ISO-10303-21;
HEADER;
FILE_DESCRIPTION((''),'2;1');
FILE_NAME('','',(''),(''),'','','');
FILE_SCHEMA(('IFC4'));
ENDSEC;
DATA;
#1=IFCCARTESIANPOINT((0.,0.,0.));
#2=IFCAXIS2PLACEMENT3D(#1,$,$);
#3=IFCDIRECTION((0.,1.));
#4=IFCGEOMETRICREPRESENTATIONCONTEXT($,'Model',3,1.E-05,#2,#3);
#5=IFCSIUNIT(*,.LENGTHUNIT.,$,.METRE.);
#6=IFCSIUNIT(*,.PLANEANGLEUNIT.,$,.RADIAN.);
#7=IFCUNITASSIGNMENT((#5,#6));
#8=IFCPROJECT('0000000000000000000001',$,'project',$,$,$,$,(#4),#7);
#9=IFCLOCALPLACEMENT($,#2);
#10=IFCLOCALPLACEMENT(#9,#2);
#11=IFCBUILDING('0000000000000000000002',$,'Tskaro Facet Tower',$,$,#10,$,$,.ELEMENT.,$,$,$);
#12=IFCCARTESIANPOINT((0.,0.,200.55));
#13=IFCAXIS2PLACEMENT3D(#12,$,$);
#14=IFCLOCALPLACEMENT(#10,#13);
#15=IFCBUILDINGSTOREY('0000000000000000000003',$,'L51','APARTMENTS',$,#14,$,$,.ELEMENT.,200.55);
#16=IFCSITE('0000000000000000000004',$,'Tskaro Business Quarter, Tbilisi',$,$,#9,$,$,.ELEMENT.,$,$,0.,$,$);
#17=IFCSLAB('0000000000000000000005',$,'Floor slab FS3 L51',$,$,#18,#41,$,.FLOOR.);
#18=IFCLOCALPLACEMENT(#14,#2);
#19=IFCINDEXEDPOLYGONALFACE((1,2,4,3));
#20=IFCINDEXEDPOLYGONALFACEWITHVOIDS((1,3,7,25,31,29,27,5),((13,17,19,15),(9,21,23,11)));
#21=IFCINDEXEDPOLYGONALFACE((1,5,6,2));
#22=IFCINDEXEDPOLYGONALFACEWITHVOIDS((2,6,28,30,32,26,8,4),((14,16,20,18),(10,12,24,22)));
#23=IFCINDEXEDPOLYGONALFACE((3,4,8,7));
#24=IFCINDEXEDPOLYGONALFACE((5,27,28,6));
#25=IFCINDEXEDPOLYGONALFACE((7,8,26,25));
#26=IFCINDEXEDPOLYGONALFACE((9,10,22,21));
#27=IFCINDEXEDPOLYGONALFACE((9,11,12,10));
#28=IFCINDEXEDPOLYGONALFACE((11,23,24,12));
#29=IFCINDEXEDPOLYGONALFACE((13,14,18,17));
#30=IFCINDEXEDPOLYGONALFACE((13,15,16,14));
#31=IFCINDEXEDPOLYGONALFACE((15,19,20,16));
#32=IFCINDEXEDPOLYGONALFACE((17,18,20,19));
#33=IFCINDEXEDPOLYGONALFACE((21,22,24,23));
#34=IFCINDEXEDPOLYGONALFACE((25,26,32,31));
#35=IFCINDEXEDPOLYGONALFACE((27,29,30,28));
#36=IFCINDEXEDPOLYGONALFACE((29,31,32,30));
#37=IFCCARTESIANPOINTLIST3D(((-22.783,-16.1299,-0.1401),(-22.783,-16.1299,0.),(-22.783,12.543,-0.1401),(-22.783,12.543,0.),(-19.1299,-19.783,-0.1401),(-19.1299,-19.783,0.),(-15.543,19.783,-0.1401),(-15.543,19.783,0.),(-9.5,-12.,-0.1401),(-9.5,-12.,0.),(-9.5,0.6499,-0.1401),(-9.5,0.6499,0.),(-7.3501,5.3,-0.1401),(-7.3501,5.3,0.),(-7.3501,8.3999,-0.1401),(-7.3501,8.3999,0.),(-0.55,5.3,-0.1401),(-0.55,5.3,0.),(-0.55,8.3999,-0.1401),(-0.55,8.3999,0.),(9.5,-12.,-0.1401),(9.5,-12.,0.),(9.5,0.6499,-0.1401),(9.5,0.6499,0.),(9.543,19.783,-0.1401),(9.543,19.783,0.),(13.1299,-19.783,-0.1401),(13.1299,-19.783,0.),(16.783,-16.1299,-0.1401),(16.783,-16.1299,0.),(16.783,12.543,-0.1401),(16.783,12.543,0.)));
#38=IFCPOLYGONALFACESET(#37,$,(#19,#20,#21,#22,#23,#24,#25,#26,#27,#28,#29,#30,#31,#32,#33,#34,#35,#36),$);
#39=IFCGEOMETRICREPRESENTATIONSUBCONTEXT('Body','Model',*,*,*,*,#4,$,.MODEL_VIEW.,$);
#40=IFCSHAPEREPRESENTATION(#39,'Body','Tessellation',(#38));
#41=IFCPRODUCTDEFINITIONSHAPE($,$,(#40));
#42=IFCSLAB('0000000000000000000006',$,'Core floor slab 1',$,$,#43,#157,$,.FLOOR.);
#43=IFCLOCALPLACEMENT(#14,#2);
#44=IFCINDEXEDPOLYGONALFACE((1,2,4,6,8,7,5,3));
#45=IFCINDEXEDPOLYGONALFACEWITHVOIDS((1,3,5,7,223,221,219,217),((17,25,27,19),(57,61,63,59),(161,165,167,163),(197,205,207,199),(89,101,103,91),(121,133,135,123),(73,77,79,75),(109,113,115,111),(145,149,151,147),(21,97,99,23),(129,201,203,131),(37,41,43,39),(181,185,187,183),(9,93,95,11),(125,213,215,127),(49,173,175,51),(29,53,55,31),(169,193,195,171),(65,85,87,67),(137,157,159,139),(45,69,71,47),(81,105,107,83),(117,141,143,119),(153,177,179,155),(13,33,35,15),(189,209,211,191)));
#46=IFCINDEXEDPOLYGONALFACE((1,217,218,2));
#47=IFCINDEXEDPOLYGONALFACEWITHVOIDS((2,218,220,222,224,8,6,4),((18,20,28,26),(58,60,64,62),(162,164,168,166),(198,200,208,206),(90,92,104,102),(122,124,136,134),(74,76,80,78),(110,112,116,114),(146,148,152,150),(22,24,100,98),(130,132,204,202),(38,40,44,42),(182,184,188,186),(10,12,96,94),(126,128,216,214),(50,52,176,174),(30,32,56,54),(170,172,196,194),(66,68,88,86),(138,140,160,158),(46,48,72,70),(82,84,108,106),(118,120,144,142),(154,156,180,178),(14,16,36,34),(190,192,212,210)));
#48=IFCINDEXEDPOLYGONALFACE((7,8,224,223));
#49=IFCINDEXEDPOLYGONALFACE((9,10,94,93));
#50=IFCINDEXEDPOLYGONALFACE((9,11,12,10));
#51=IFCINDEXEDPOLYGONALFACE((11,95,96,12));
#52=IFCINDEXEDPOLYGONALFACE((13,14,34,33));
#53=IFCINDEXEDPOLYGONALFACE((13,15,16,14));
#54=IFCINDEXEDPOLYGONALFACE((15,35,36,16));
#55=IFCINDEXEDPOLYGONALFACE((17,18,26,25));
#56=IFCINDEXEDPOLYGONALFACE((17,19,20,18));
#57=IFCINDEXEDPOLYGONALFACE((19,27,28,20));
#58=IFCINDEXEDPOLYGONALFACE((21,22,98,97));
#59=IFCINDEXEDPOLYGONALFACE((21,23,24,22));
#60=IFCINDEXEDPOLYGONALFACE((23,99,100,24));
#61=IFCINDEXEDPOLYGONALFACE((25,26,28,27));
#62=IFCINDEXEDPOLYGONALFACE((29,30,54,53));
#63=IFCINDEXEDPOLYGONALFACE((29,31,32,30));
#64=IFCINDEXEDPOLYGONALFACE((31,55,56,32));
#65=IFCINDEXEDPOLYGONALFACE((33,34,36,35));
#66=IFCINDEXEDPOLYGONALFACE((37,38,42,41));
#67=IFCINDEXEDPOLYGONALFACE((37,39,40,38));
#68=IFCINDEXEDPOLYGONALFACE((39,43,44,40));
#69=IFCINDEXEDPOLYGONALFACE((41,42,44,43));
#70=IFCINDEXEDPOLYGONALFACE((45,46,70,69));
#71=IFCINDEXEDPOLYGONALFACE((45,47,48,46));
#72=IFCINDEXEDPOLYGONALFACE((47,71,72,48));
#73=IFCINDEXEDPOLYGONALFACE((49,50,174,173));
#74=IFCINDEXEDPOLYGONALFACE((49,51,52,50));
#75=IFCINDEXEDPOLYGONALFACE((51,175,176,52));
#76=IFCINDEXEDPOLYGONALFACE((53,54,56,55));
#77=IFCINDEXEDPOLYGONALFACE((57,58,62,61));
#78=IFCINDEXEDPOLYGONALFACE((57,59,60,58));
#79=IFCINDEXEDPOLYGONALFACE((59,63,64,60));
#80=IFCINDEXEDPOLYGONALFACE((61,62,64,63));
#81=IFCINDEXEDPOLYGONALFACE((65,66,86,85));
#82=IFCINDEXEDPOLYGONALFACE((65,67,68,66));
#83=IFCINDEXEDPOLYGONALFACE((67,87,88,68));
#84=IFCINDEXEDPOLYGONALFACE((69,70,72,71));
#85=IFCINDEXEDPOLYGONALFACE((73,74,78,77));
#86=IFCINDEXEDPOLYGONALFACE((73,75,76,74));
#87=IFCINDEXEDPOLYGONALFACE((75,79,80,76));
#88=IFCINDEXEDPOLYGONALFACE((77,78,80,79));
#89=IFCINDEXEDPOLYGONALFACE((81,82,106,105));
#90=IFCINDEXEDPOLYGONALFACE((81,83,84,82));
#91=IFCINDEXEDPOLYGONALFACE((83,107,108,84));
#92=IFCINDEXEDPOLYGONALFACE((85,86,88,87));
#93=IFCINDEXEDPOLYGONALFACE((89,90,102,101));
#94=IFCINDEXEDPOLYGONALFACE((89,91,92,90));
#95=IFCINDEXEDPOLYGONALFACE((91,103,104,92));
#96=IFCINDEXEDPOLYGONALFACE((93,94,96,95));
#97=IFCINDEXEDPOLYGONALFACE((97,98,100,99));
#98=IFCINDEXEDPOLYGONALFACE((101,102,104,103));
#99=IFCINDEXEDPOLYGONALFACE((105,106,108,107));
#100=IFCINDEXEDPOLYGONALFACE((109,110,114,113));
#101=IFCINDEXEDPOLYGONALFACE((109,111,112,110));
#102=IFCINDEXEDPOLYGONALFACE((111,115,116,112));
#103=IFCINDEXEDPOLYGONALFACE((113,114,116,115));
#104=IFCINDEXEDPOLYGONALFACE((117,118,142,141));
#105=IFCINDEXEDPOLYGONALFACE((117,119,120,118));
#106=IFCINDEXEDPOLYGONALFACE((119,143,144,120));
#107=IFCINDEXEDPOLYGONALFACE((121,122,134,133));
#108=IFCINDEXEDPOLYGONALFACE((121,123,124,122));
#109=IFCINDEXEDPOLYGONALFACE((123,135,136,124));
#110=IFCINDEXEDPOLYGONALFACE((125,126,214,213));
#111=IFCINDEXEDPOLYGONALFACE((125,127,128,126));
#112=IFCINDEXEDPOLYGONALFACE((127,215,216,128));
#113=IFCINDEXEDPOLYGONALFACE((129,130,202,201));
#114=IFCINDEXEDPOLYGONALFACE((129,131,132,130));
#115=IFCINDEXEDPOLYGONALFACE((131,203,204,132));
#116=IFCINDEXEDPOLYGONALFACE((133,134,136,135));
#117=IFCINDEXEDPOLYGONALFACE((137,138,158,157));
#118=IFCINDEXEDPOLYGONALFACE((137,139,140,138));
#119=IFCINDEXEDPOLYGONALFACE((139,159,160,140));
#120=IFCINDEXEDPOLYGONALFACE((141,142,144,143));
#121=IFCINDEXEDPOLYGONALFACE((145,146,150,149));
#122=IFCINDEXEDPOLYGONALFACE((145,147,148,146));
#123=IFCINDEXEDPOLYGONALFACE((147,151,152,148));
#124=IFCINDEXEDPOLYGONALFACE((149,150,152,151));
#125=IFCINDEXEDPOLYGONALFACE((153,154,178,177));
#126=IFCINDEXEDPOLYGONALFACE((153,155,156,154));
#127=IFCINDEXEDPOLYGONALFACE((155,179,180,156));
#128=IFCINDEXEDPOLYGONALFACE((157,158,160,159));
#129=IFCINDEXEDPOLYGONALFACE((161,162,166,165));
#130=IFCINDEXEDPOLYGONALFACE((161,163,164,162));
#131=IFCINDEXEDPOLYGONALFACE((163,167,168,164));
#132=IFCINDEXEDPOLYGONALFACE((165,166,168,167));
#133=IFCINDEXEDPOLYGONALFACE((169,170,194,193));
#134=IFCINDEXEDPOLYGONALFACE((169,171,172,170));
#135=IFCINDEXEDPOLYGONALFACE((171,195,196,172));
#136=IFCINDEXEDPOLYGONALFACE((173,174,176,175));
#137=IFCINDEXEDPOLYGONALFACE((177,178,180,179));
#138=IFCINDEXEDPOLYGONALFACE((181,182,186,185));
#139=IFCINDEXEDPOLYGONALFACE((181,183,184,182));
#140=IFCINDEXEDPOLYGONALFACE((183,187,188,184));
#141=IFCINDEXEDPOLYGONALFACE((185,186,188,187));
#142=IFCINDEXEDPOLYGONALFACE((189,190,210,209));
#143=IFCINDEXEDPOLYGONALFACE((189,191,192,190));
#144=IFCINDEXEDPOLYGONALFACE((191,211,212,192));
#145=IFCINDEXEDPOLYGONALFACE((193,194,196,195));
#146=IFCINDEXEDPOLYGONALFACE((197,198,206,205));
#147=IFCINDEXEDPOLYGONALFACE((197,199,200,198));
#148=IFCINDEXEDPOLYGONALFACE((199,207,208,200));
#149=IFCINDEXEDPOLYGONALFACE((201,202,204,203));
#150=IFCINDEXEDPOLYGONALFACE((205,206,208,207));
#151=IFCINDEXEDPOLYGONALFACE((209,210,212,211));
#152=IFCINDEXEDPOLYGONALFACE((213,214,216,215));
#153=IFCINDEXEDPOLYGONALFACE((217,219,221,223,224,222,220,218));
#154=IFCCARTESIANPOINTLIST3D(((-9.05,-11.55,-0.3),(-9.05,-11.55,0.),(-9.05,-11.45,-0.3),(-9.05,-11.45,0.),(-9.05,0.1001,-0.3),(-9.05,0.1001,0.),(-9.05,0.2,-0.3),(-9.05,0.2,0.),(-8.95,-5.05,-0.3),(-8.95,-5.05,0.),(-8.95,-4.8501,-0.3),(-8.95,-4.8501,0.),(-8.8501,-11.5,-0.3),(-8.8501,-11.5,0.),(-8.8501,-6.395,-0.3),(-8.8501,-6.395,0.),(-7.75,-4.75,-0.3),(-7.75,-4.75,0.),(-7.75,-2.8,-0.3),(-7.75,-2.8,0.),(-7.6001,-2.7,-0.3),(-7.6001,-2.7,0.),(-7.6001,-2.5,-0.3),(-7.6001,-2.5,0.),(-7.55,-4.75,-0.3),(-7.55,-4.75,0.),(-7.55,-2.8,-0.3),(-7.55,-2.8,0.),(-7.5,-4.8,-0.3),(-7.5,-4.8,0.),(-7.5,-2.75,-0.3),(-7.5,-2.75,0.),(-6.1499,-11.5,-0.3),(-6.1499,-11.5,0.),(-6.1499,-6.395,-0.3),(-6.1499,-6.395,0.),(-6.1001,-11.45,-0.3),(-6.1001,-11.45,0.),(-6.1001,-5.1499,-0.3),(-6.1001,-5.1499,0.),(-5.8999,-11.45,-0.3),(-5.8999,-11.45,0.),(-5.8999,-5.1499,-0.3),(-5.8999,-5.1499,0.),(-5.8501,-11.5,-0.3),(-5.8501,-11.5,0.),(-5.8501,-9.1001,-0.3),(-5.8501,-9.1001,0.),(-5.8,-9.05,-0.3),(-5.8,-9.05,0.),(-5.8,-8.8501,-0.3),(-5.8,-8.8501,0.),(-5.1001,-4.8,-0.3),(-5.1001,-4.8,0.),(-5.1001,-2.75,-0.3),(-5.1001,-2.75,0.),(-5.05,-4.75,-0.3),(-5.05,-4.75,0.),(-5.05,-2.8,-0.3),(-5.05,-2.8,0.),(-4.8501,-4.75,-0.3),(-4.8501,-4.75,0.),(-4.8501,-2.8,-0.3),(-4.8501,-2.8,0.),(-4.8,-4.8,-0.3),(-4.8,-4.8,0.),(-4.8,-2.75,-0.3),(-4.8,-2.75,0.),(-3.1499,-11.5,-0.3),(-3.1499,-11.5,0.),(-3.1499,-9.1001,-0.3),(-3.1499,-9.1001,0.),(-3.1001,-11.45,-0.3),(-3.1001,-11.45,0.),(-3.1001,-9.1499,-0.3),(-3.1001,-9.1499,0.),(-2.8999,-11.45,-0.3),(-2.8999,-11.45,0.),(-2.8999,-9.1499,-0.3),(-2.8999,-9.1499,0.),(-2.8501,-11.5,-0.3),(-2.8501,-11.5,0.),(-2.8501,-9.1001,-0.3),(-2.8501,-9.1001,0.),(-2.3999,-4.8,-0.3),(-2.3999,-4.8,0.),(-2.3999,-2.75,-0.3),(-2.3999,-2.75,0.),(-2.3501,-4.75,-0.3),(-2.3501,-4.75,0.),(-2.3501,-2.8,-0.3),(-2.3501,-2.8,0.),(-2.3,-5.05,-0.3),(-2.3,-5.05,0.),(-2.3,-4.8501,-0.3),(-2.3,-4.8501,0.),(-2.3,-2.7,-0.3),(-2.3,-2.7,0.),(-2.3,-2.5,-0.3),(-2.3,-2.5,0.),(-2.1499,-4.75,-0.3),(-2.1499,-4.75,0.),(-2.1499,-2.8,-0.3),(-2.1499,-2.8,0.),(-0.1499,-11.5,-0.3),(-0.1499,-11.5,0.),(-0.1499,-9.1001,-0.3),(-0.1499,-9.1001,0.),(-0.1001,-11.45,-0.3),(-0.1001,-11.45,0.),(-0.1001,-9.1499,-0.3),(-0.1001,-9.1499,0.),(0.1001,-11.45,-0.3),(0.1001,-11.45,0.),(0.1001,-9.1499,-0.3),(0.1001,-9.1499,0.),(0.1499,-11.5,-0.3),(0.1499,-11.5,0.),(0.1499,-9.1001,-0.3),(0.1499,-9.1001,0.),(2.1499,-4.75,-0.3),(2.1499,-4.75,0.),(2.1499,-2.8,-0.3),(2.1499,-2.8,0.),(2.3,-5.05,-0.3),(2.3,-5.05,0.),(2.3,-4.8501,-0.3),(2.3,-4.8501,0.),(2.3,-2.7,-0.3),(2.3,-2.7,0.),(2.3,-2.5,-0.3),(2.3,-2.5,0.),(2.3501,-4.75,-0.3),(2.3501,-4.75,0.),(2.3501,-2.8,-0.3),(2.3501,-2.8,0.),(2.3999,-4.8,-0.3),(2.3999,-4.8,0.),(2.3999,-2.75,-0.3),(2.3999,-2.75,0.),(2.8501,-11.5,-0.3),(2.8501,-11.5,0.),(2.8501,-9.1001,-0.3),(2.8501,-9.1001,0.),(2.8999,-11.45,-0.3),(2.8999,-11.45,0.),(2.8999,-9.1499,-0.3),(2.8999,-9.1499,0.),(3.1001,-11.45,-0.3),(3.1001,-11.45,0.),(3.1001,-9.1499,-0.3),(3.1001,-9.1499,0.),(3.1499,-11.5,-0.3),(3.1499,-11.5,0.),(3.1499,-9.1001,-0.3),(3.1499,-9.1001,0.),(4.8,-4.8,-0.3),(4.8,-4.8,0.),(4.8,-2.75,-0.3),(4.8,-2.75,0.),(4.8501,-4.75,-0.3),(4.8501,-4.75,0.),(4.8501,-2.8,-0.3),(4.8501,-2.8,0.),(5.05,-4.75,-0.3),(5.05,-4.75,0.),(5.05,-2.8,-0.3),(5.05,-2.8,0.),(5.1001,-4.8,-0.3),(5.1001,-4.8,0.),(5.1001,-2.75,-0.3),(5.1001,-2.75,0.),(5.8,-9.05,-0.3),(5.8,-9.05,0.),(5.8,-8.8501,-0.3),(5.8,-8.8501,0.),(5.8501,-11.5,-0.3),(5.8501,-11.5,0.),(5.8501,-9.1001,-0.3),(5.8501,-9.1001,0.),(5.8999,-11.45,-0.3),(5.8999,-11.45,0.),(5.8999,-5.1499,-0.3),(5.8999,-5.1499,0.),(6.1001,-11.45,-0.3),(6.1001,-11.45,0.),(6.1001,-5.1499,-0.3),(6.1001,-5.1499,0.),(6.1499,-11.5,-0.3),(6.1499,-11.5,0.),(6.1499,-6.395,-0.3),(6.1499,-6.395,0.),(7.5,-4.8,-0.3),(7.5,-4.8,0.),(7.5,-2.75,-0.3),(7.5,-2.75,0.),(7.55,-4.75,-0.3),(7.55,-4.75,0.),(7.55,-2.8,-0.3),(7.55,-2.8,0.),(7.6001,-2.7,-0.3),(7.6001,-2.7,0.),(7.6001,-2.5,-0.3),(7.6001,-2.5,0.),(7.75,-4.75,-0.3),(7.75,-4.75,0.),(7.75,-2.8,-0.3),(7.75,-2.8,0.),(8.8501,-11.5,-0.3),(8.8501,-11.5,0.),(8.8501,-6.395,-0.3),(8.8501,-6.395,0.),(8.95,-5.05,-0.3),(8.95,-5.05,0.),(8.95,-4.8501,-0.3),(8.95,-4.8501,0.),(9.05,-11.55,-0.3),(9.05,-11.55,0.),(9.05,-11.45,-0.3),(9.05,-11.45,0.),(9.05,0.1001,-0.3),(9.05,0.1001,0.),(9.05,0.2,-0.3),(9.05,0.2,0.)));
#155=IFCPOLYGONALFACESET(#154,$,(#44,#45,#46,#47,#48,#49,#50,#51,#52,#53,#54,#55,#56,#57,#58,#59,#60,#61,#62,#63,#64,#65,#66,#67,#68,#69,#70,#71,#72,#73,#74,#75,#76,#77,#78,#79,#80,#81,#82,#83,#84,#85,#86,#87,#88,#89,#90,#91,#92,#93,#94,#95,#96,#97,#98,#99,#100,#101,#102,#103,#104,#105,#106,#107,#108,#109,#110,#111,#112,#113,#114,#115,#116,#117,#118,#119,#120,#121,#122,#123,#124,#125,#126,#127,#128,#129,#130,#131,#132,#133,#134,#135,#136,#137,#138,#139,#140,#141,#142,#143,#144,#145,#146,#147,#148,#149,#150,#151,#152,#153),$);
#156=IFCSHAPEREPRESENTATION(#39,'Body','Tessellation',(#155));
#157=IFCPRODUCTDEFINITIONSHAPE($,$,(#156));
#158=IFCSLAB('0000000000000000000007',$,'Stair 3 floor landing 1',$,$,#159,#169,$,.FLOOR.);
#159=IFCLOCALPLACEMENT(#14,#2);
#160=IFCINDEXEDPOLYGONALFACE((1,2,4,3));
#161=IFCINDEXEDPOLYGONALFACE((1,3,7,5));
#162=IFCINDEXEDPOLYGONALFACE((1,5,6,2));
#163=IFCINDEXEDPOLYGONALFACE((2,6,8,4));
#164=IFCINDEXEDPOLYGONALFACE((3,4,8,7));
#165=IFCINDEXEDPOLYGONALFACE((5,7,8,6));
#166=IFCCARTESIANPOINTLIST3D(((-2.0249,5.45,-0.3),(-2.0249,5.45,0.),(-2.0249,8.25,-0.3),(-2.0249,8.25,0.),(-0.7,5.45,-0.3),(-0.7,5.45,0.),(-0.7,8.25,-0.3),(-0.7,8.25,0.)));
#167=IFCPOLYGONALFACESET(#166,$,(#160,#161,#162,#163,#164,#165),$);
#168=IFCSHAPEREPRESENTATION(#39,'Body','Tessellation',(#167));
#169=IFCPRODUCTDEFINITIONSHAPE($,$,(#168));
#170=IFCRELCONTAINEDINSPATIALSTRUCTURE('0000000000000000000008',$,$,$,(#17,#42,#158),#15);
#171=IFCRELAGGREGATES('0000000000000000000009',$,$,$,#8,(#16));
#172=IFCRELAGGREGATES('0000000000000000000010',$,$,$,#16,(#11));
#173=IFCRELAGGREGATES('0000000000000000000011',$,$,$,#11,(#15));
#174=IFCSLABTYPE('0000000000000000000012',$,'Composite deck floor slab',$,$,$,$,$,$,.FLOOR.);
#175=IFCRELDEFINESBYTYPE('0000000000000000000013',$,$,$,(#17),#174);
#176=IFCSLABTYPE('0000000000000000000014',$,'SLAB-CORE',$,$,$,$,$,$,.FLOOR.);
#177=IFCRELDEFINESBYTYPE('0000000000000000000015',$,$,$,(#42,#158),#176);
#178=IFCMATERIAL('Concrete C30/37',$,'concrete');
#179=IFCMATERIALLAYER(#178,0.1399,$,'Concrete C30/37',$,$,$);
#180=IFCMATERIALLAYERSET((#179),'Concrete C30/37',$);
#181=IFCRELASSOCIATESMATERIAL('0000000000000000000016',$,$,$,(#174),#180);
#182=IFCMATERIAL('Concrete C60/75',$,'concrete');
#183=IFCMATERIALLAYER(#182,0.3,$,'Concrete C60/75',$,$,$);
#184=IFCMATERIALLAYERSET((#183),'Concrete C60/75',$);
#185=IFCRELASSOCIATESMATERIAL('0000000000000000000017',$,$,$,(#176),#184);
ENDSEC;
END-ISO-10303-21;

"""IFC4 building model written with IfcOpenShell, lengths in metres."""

from ifc_helpers import new_model, si_unit, direction, frame, origin, place, context, subcontext, project, spatial, polyline, outline, extrude, material, layer, layer_set, type_object, element, save


model = new_model("IFC4")

# Units and contexts
model_context = context("Model", 3, precision=1e-05, world=origin(), true_north=direction((0.0, 1.0)))
body_context = subcontext(model_context, "Body", "Model", "MODEL_VIEW")
ifc_project = project(units=[si_unit("LENGTHUNIT", "METRE"), si_unit("PLANEANGLEUNIT", "RADIAN")], contexts=[model_context])

# Site, building, storey
site_placement = place(None, origin())
site = spatial("IfcSite", under=ifc_project, at=site_placement, Name="Tskaro Business Quarter, Tbilisi", CompositionType="ELEMENT", RefElevation=0.0)
building_placement = place(site_placement, origin())
building = spatial("IfcBuilding", under=site, at=building_placement, Name="Tskaro Facet Tower", CompositionType="ELEMENT")
storey_placement = place(building_placement, frame((0.0, 0.0, 200.55)))
storey = spatial("IfcBuildingStorey", under=building, at=storey_placement, Name="L51", Description="APARTMENTS", CompositionType="ELEMENT", Elevation=200.55)

# Slabs
ifc_material_1 = material(Name="Concrete C30/37", Category="concrete")
ifc_layer_1 = layer(ifc_material_1, 0.1399, Name="Concrete C30/37")
ifc_layer_set_1 = layer_set([ifc_layer_1], Name="Concrete C30/37")
slab_type_1 = type_object("IfcSlabType", Name="Composite deck floor slab", PredefinedType="FLOOR", material=ifc_layer_set_1)
slab_1_placement = place(storey_placement, frame((0.0, 0.0, -0.1401)))
element("IfcSlab", 1, at=slab_1_placement, inside=storey, type_object=slab_type_1, Name="Floor slab FS3 L51", PredefinedType="FLOOR", context=body_context, shape_type="SweptSolid", body=[
    extrude(outline(polyline([(-19.1299, -19.783), (13.1299, -19.783), (16.783, -16.1299), (16.783, 12.543), (9.543, 19.783), (-15.543, 19.783), (-22.783, 12.543), (-22.783, -16.1299), (-19.1299, -19.783)]), holes=[polyline([(-9.5, -12.0), (9.5, -12.0), (9.5, 0.6499), (-9.5, 0.6499), (-9.5, -12.0)]), polyline([(-7.3501, 5.3), (-0.55, 5.3), (-0.55, 8.3999), (-7.3501, 8.3999), (-7.3501, 5.3)])]), origin(), (0.0, 0.0, 1.0), 0.1401),
])
ifc_material_2 = material(Name="Concrete C60/75", Category="concrete")
ifc_layer_2 = layer(ifc_material_2, 0.3, Name="Concrete C60/75")
ifc_layer_set_2 = layer_set([ifc_layer_2], Name="Concrete C60/75")
slab_type_2 = type_object("IfcSlabType", Name="SLAB-CORE", PredefinedType="FLOOR", material=ifc_layer_set_2)
slab_2_placement = place(storey_placement, frame((0.0, 0.0, -0.3)))
element("IfcSlab", 2, at=slab_2_placement, inside=storey, type_object=slab_type_2, Name="Core floor slab 1", PredefinedType="FLOOR", context=body_context, shape_type="SweptSolid", body=[
    extrude(outline(polyline([(-9.05, 0.2), (9.05, 0.2), (9.05, 0.1001), (9.05, -11.45), (9.05, -11.55), (-9.05, -11.55), (-9.05, -11.45), (-9.05, 0.1001), (-9.05, 0.2)]), holes=[polyline([(-5.8501, -9.1001), (-5.8501, -11.5), (-3.1499, -11.5), (-3.1499, -9.1001), (-5.8501, -9.1001)]), polyline([(-3.1001, -11.45), (-2.8999, -11.45), (-2.8999, -9.1499), (-3.1001, -9.1499), (-3.1001, -11.45)]), polyline([(-2.8501, -9.1001), (-2.8501, -11.5), (-0.1499, -11.5), (-0.1499, -9.1001), (-2.8501, -9.1001)]), polyline([(-6.1001, -11.45), (-5.8999, -11.45), (-5.8999, -5.1499), (-6.1001, -5.1499), (-6.1001, -11.45)]), polyline([(-8.95, -5.05), (-2.3, -5.05), (-2.3, -4.8501), (-8.95, -4.8501), (-8.95, -5.05)]), polyline([(-7.75, -4.75), (-7.55, -4.75), (-7.55, -2.8), (-7.75, -2.8), (-7.75, -4.75)]), polyline([(-7.5, -2.75), (-7.5, -4.8), (-5.1001, -4.8), (-5.1001, -2.75), (-7.5, -2.75)]), polyline([(-5.05, -4.75), (-4.8501, -4.75), (-4.8501, -2.8), (-5.05, -2.8), (-5.05, -4.75)]), polyline([(-4.8, -4.8), (-2.3999, -4.8), (-2.3999, -2.75), (-4.8, -2.75), (-4.8, -4.8)]), polyline([(-2.3501, -4.75), (-2.1499, -4.75), (-2.1499, -2.8), (-2.3501, -2.8), (-2.3501, -4.75)]), polyline([(-7.6001, -2.7), (-2.3, -2.7), (-2.3, -2.5), (-7.6001, -2.5), (-7.6001, -2.7)]), polyline([(-0.1001, -11.45), (0.1001, -11.45), (0.1001, -9.1499), (-0.1001, -9.1499), (-0.1001, -11.45)]), polyline([(0.1499, -9.1001), (0.1499, -11.5), (2.8501, -11.5), (2.8501, -9.1001), (0.1499, -9.1001)]), polyline([(2.8999, -11.45), (3.1001, -11.45), (3.1001, -9.1499), (2.8999, -9.1499), (2.8999, -11.45)]), polyline([(3.1499, -9.1001), (3.1499, -11.5), (5.8501, -11.5), (5.8501, -9.1001), (3.1499, -9.1001)]), polyline([(-5.8, -9.05), (5.8, -9.05), (5.8, -8.8501), (-5.8, -8.8501), (-5.8, -9.05)]), polyline([(5.8999, -11.45), (6.1001, -11.45), (6.1001, -5.1499), (5.8999, -5.1499), (5.8999, -11.45)]), polyline([(2.3, -5.05), (8.95, -5.05), (8.95, -4.8501), (2.3, -4.8501), (2.3, -5.05)]), polyline([(2.1499, -4.75), (2.3501, -4.75), (2.3501, -2.8), (2.1499, -2.8), (2.1499, -4.75)]), polyline([(4.8, -2.75), (2.3999, -2.75), (2.3999, -4.8), (4.8, -4.8), (4.8, -2.75)]), polyline([(4.8501, -4.75), (5.05, -4.75), (5.05, -2.8), (4.8501, -2.8), (4.8501, -4.75)]), polyline([(5.1001, -4.8), (7.5, -4.8), (7.5, -2.75), (5.1001, -2.75), (5.1001, -4.8)]), polyline([(7.55, -4.75), (7.75, -4.75), (7.75, -2.8), (7.55, -2.8), (7.55, -4.75)]), polyline([(2.3, -2.7), (7.6001, -2.7), (7.6001, -2.5), (2.3, -2.5), (2.3, -2.7)]), polyline([(-8.8501, -11.5), (-6.1499, -11.5), (-6.1499, -6.395), (-8.8501, -6.395), (-8.8501, -11.5)]), polyline([(6.1499, -6.395), (6.1499, -11.5), (8.8501, -11.5), (8.8501, -6.395), (6.1499, -6.395)])]), origin(), (0.0, 0.0, 1.0), 0.3),
])
slab_3_placement = place(storey_placement, frame((0.0, 0.0, -0.3)))
element("IfcSlab", 3, at=slab_3_placement, inside=storey, type_object=slab_type_2, Name="Stair 3 floor landing 1", PredefinedType="FLOOR", context=body_context, shape_type="SweptSolid", body=[
    extrude(outline(polyline([(-2.0249, 5.45), (-0.7, 5.45), (-0.7, 8.25), (-2.0249, 8.25), (-2.0249, 5.45)])), origin(), (0.0, 0.0, 1.0), 0.3),
])

save(model, "model.ifc")
